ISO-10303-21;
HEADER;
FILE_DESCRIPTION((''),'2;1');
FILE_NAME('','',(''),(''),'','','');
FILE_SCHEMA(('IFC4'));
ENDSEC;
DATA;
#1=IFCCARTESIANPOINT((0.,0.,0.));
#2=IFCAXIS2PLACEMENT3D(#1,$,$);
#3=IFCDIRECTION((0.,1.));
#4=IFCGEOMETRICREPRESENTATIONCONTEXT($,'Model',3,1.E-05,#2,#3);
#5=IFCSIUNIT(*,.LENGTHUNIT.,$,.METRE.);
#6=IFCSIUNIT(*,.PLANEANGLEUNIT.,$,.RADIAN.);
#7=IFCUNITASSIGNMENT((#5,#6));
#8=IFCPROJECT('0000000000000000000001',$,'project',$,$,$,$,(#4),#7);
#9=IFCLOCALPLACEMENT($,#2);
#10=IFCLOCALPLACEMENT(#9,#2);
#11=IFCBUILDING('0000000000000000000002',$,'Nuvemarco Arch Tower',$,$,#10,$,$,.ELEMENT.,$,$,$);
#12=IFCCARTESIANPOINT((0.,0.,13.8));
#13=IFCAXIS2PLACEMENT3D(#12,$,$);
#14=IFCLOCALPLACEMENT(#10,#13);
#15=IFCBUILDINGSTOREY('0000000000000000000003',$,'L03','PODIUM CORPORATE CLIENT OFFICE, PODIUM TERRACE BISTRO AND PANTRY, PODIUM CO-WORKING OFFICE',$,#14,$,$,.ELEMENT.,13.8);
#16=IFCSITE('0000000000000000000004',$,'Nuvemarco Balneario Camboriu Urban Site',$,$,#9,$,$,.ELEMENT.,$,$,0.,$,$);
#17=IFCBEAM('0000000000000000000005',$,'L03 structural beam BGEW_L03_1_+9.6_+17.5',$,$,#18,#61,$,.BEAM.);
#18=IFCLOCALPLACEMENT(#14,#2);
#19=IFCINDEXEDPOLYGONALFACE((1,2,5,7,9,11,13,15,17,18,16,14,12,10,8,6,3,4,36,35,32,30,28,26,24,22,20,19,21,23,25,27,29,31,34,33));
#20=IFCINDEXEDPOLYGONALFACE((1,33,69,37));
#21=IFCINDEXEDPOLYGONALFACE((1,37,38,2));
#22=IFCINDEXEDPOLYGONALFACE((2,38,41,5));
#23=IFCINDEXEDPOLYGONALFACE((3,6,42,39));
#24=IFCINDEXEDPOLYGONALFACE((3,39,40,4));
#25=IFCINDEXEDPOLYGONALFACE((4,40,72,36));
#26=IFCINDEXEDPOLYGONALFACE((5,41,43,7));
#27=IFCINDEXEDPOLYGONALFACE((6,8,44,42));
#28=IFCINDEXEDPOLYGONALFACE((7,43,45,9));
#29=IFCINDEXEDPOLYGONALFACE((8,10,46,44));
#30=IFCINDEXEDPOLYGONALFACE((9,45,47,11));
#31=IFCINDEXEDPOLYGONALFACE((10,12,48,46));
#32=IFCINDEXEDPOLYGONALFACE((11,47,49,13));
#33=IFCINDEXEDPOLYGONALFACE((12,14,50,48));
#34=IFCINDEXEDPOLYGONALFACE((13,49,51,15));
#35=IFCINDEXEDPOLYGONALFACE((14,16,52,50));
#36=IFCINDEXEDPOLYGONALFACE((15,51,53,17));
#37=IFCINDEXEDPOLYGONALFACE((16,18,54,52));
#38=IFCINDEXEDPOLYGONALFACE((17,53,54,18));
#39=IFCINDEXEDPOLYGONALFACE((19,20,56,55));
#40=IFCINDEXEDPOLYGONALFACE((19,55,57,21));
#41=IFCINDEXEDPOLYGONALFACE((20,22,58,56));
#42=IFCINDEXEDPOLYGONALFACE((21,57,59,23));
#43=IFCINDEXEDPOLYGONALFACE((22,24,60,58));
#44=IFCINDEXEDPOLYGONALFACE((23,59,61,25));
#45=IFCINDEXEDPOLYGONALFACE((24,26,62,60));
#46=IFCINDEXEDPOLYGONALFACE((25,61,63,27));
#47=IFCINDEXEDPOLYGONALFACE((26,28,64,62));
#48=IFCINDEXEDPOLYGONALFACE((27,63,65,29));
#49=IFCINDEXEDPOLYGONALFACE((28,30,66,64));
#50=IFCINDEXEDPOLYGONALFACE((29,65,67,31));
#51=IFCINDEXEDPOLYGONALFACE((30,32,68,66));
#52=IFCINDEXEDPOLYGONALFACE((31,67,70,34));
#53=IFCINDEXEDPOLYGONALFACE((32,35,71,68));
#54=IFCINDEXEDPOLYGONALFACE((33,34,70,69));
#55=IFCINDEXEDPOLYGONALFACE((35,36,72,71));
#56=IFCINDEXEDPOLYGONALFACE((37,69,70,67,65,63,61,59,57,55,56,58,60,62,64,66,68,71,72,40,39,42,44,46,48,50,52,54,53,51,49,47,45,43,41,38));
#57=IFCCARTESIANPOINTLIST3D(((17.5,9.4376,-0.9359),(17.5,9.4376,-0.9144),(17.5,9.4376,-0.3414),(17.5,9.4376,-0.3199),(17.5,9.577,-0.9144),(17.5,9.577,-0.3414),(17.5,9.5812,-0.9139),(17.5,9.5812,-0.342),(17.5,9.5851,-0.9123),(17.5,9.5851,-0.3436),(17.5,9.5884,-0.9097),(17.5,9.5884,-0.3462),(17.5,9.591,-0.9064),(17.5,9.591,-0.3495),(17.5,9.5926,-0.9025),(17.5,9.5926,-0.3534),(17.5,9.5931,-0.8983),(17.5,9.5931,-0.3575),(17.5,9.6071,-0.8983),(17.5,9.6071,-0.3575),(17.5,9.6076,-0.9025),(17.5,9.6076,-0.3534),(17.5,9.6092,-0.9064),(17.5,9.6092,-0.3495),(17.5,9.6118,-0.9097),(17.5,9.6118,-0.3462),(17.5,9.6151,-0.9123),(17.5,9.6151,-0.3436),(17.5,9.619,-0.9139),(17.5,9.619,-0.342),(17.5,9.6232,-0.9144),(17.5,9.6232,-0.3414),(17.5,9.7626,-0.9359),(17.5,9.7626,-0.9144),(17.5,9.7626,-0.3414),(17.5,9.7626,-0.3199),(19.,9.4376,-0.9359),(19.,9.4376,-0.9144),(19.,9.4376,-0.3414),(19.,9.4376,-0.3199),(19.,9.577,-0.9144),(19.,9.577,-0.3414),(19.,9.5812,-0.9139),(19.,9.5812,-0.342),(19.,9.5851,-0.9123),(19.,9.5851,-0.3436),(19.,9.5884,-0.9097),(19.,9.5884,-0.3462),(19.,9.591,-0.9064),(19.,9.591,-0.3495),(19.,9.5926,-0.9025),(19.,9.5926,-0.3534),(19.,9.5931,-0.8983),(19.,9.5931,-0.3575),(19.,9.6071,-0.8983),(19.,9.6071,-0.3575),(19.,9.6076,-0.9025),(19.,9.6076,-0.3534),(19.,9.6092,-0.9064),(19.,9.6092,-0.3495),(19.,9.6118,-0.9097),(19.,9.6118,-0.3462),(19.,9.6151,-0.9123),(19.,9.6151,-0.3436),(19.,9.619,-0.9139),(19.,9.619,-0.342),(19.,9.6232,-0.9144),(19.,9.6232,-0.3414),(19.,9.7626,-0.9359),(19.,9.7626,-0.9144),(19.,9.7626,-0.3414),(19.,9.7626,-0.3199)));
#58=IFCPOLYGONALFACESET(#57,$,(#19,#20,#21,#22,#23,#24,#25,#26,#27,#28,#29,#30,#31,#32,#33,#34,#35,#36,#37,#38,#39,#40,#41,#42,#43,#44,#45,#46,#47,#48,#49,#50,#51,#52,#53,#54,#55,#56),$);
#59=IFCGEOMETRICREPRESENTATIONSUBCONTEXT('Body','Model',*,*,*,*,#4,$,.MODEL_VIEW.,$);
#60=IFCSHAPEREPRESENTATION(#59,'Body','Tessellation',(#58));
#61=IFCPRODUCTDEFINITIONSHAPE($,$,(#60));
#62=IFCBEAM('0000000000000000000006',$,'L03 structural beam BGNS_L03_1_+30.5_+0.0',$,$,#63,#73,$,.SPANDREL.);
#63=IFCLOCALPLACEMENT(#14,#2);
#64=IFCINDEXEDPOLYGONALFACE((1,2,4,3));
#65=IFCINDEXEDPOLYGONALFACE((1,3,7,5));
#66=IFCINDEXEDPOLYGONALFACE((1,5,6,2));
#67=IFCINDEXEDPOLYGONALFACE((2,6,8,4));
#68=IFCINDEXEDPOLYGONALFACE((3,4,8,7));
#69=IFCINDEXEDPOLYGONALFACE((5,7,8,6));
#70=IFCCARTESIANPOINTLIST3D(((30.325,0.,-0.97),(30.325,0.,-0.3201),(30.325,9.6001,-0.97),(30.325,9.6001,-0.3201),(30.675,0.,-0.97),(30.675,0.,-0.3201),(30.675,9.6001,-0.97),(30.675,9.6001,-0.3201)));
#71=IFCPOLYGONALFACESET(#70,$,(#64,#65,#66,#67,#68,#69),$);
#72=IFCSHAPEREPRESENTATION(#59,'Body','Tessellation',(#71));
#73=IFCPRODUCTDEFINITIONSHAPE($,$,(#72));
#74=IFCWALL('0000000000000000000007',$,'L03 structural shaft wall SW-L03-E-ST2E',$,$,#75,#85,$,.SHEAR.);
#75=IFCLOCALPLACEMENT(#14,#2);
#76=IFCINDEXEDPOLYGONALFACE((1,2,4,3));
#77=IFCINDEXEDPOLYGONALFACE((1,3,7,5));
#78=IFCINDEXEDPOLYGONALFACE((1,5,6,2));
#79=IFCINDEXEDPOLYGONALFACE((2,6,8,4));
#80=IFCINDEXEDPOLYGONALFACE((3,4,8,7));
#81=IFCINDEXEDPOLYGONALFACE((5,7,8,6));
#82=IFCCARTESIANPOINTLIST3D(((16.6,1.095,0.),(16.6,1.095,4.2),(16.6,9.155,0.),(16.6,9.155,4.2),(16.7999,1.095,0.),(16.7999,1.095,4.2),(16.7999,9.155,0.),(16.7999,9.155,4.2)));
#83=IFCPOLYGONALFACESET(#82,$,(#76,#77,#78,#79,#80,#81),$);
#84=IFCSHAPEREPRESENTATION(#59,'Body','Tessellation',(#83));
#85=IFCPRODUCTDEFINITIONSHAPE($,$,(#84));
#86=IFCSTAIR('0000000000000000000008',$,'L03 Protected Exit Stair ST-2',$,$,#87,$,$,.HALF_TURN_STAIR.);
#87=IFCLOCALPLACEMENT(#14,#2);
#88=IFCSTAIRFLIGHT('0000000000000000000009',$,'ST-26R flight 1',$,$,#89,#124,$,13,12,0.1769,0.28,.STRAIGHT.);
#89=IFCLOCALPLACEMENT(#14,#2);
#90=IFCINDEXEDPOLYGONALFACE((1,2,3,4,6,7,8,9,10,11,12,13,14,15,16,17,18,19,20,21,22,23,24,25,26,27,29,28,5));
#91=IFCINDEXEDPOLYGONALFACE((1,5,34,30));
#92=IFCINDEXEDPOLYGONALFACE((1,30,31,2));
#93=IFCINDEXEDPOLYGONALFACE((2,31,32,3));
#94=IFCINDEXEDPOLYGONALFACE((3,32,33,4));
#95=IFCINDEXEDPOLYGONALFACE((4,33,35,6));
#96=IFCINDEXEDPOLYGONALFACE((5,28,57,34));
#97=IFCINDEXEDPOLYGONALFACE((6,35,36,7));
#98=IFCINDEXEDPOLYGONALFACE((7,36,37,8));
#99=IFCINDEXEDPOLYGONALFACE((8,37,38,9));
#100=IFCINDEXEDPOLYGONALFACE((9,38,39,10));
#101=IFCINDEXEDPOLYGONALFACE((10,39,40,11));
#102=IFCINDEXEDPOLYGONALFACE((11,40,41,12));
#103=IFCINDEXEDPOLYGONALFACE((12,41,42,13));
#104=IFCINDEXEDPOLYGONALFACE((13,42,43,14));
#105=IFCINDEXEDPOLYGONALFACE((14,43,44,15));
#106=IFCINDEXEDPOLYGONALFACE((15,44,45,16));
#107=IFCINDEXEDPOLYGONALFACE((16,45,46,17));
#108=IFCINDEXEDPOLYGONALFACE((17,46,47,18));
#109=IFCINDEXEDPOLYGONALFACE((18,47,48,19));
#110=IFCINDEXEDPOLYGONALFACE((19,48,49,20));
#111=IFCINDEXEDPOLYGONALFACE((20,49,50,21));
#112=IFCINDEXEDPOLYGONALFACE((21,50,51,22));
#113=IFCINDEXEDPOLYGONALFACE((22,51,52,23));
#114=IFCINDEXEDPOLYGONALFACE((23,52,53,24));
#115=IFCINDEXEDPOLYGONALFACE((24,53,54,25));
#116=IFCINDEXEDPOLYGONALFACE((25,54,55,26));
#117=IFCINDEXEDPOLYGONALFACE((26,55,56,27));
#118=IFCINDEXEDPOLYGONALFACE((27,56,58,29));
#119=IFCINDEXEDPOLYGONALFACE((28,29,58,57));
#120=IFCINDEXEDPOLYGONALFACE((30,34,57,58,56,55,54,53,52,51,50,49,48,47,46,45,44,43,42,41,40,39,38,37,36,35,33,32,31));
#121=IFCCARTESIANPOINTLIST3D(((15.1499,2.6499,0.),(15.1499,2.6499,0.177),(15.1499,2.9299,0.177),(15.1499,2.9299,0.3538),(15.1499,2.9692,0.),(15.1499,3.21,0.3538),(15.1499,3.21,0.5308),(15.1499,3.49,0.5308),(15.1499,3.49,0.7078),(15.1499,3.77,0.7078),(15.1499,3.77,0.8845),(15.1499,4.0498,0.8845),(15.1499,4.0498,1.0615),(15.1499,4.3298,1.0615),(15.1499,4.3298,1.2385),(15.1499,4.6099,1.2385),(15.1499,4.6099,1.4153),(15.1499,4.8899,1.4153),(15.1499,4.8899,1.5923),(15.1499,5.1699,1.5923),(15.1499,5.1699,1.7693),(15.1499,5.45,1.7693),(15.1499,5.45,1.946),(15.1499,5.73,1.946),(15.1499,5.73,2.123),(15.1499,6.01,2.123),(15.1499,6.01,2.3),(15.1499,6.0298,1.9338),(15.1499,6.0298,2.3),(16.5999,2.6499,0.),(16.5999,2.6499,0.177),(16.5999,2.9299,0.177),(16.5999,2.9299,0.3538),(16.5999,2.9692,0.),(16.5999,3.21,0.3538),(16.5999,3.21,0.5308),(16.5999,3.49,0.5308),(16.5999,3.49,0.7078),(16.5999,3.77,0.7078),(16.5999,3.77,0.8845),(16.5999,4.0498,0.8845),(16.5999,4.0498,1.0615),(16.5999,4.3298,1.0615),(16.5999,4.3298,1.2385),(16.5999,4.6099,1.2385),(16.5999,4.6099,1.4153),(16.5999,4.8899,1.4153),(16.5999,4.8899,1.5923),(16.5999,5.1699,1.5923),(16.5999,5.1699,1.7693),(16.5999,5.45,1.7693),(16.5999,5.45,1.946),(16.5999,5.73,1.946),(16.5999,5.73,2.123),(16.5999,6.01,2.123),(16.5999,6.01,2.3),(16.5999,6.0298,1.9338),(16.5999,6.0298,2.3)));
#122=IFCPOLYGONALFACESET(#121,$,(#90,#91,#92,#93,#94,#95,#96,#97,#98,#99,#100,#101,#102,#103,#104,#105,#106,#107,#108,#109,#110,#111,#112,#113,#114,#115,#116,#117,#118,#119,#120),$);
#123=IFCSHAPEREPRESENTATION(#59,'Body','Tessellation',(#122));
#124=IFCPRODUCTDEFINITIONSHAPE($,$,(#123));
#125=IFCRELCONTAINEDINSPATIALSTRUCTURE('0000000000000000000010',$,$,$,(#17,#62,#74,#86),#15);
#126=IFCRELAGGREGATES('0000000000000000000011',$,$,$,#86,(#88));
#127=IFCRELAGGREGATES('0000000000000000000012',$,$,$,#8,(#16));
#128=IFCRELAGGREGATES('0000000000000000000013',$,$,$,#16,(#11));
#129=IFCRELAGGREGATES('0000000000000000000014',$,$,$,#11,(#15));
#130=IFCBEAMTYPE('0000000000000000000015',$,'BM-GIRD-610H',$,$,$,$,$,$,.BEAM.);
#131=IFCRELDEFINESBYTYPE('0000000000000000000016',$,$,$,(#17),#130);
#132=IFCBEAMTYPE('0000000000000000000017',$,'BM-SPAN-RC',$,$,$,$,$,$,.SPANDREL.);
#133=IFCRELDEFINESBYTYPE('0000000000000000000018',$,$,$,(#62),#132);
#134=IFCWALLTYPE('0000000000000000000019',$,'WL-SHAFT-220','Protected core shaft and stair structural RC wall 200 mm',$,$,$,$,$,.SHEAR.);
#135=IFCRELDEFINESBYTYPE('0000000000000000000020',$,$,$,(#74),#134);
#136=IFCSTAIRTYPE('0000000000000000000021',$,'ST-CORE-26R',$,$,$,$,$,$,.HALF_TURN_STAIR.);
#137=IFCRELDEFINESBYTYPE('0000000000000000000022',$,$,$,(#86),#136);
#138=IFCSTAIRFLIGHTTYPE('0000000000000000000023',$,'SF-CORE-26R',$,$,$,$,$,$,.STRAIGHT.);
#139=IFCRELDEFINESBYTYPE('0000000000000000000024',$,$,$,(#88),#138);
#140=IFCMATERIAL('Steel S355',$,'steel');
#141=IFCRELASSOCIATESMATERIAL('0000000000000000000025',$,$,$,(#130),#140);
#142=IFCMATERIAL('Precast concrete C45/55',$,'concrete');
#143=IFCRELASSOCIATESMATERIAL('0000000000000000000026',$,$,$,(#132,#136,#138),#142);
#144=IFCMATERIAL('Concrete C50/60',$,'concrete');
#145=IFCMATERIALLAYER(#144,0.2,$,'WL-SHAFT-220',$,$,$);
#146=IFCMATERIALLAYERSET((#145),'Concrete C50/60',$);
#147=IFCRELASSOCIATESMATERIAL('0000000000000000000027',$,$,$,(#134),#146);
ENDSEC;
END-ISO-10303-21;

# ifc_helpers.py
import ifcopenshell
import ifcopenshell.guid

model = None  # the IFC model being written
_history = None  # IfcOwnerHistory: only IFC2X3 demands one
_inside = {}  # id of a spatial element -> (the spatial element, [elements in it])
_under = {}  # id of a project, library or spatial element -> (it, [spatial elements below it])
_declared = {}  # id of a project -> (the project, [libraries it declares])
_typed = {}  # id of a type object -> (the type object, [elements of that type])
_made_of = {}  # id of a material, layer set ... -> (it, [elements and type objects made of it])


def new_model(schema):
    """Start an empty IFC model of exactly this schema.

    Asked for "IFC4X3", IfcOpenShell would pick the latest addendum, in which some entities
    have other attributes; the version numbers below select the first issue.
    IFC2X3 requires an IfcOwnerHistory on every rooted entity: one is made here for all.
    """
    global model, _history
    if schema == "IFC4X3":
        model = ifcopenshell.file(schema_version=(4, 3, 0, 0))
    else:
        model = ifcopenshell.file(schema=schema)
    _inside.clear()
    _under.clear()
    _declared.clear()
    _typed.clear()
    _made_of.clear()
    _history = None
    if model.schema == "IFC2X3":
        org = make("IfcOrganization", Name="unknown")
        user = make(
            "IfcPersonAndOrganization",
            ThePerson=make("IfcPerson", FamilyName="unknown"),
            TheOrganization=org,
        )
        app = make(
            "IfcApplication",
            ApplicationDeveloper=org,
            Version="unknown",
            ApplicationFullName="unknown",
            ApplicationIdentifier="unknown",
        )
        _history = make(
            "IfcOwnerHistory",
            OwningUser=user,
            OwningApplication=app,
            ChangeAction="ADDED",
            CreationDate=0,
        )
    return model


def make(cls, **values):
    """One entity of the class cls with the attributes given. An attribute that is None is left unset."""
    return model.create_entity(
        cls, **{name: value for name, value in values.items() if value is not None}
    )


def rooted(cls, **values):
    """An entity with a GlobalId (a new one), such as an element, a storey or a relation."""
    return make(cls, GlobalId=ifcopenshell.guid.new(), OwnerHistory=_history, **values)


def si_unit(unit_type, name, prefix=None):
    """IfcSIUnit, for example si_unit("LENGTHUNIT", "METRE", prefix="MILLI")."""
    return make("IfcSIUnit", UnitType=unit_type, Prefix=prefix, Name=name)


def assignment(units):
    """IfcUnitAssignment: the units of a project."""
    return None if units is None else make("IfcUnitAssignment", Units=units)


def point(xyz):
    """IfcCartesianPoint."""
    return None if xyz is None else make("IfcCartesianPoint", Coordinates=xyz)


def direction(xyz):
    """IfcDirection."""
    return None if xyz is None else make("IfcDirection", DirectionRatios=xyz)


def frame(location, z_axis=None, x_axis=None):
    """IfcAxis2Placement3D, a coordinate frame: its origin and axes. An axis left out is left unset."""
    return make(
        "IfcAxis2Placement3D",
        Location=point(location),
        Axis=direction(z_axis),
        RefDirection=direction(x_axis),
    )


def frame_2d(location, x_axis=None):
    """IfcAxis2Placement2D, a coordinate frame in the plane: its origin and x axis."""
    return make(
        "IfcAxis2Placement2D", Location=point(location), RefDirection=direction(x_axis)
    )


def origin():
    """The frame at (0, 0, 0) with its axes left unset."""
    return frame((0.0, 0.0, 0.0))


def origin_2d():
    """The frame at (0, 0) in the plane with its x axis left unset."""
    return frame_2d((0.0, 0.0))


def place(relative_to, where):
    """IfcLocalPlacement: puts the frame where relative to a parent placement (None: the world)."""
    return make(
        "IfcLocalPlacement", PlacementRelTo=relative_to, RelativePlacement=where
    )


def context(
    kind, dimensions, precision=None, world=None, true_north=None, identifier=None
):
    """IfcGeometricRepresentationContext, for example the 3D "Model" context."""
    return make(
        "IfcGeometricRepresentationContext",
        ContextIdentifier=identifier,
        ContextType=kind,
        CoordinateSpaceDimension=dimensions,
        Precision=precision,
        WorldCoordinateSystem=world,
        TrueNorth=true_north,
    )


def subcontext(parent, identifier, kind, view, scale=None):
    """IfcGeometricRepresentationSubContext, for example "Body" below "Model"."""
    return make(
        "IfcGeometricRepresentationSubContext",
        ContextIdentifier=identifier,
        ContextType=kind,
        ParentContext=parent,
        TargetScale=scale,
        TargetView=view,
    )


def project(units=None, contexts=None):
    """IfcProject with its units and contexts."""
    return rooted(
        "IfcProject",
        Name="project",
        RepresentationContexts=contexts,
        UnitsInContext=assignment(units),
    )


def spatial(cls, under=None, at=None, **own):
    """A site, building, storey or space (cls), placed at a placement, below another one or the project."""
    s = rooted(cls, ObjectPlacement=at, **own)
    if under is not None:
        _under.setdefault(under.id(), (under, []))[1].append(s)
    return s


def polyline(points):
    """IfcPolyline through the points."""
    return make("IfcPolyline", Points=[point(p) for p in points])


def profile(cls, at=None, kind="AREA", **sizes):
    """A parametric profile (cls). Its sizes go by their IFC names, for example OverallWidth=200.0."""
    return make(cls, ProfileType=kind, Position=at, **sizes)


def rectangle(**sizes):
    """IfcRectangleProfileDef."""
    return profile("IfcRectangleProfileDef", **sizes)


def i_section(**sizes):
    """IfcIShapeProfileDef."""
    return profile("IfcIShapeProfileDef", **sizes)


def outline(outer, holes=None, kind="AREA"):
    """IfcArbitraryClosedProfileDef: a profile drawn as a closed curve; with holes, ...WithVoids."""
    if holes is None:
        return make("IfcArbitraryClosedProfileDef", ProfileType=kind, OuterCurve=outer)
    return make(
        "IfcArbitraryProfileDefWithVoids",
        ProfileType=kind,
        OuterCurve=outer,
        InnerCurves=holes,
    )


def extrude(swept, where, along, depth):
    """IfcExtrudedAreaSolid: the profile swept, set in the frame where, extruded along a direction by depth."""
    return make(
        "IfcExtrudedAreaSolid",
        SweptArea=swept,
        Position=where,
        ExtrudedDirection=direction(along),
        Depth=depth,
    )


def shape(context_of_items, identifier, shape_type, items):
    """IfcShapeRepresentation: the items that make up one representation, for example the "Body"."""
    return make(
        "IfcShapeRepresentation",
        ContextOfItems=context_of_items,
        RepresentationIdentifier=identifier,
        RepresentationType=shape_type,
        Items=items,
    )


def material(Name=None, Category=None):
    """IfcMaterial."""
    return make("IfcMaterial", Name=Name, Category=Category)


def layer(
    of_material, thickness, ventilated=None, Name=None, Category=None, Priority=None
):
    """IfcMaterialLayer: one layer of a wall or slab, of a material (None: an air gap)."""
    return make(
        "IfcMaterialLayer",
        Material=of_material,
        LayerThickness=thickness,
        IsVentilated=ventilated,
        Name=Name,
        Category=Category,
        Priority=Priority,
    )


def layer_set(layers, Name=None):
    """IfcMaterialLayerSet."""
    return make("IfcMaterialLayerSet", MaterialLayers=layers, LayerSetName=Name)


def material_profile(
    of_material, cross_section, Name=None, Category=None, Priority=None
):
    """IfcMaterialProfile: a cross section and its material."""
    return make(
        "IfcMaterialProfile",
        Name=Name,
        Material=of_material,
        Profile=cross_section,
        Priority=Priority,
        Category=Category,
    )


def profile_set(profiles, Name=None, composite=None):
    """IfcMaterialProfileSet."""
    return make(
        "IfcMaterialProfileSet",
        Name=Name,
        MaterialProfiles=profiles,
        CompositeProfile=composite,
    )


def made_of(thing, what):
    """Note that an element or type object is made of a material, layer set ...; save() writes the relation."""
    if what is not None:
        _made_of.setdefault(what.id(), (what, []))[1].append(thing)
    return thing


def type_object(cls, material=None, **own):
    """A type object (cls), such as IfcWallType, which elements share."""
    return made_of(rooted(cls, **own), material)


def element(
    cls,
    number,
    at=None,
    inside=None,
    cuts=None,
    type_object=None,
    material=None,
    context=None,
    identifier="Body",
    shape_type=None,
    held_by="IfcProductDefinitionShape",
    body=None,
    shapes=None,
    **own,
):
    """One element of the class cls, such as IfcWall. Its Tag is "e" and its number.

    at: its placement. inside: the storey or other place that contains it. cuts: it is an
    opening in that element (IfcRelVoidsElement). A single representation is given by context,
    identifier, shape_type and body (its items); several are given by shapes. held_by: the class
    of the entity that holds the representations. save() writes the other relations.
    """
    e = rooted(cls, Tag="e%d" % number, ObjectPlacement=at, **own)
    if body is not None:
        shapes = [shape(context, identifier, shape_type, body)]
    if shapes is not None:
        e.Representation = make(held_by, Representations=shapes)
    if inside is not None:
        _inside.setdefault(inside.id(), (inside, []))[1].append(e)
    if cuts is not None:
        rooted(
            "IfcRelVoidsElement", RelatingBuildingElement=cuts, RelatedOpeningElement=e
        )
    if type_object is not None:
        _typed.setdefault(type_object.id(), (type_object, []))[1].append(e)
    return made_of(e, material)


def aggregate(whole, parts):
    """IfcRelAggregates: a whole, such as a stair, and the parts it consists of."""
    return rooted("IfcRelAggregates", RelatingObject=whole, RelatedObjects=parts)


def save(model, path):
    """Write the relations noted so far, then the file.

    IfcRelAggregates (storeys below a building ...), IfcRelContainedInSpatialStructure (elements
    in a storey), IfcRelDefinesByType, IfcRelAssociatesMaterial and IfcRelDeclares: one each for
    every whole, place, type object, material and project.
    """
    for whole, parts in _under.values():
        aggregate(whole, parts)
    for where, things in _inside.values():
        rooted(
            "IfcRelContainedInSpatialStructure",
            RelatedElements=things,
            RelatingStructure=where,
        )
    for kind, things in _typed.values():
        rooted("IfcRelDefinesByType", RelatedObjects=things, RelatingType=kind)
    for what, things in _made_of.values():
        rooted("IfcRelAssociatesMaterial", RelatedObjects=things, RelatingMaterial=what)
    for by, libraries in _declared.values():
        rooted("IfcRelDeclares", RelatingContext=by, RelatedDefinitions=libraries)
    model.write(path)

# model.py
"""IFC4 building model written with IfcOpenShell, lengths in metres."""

from ifc_helpers import new_model, si_unit, direction, frame, frame_2d, origin, origin_2d, place, context, subcontext, project, spatial, polyline, rectangle, i_section, outline, extrude, material, layer, layer_set, material_profile, profile_set, type_object, element, aggregate, save


model = new_model("IFC4")

# Units and contexts
model_context = context("Model", 3, precision=1e-05, world=origin(), true_north=direction((0.0, 1.0)))
body_context = subcontext(model_context, "Body", "Model", "MODEL_VIEW")
ifc_project = project(units=[si_unit("LENGTHUNIT", "METRE"), si_unit("PLANEANGLEUNIT", "RADIAN")], contexts=[model_context])

# Site, building, storey
site_placement = place(None, origin())
site = spatial("IfcSite", under=ifc_project, at=site_placement, Name="Nuvemarco Balneario Camboriu Urban Site", CompositionType="ELEMENT", RefElevation=0.0)
building_placement = place(site_placement, origin())
building = spatial("IfcBuilding", under=site, at=building_placement, Name="Nuvemarco Arch Tower", CompositionType="ELEMENT")
storey_placement = place(building_placement, frame((0.0, 0.0, 13.8)))
storey = spatial("IfcBuildingStorey", under=building, at=storey_placement, Name="L03", Description="PODIUM CORPORATE CLIENT OFFICE, PODIUM TERRACE BISTRO AND PANTRY, PODIUM CO-WORKING OFFICE", CompositionType="ELEMENT", Elevation=13.8)

# Beams
ifc_material_1 = material(Name="Steel S355", Category="steel")
ifc_material_profile_1 = material_profile(ifc_material_1, i_section(OverallWidth=0.325, OverallDepth=0.616, WebThickness=0.0139, FlangeThickness=0.0215, FilletRadius=0.0161, at=origin_2d()), Name="W610x174")
ifc_profile_set_1 = profile_set([ifc_material_profile_1], Name="Steel S355")
beam_type_1 = type_object("IfcBeamType", Name="BM-GIRD-610H", PredefinedType="BEAM", material=ifc_profile_set_1)
beam_1_placement = place(storey_placement, frame((17.5, 9.6001, -0.6279), z_axis=(1.0, 0.0, 0.0), x_axis=(0.0, 1.0, 0.0)))
element("IfcBeam", 1, at=beam_1_placement, inside=storey, type_object=beam_type_1, Name="L03 structural beam BGEW_L03_1_+9.6_+17.5", PredefinedType="BEAM", context=body_context, shape_type="SweptSolid", body=[
    extrude(i_section(OverallWidth=0.325, OverallDepth=0.616, WebThickness=0.0139, FlangeThickness=0.0215, FilletRadius=0.0161, at=origin_2d()), origin(), (0.0, 0.0, 1.0), 1.5),
])
ifc_material_2 = material(Name="Precast concrete C45/55", Category="concrete")
ifc_material_profile_2 = material_profile(ifc_material_2, rectangle(XDim=0.3501, YDim=0.6499, at=origin_2d()), Name="PC-SP-350x650")
ifc_profile_set_2 = profile_set([ifc_material_profile_2], Name="Precast concrete C45/55")
beam_type_2 = type_object("IfcBeamType", Name="BM-SPAN-RC", PredefinedType="SPANDREL", material=ifc_profile_set_2)
beam_2_placement = place(storey_placement, frame((30.5, 0.0, -0.645), z_axis=(0.0, 1.0, 0.0), x_axis=(-1.0, 0.0, 0.0)))
element("IfcBeam", 2, at=beam_2_placement, inside=storey, type_object=beam_type_2, Name="L03 structural beam BGNS_L03_1_+30.5_+0.0", PredefinedType="SPANDREL", context=body_context, shape_type="SweptSolid", body=[
    extrude(rectangle(XDim=0.3501, YDim=0.6499, at=origin_2d()), origin(), (0.0, 0.0, 1.0), 9.6001),
])

# Wall
ifc_material_3 = material(Name="Concrete C50/60", Category="concrete")
ifc_layer = layer(ifc_material_3, 0.2, Name="WL-SHAFT-220")
ifc_layer_set = layer_set([ifc_layer], Name="Concrete C50/60")
wall_type = type_object("IfcWallType", Name="WL-SHAFT-220", Description="Protected core shaft and stair structural RC wall 200 mm", PredefinedType="SHEAR", material=ifc_layer_set)
wall_placement = place(storey_placement, frame((16.7, 1.095, 0.0), z_axis=(0.0, 0.0, 1.0), x_axis=(0.0, 1.0, 0.0)))
element("IfcWall", 3, at=wall_placement, inside=storey, type_object=wall_type, Name="L03 structural shaft wall SW-L03-E-ST2E", PredefinedType="SHEAR", context=body_context, shape_type="SweptSolid", body=[
    extrude(rectangle(XDim=8.0601, YDim=0.2, at=frame_2d((4.03, 0.0))), origin(), (0.0, 0.0, 1.0), 4.2),
])

# Stair, stair flight
stair_type = type_object("IfcStairType", Name="ST-CORE-26R", PredefinedType="HALF_TURN_STAIR", material=ifc_material_2)
stair_placement = place(storey_placement, origin())
stair = element("IfcStair", 4, at=stair_placement, inside=storey, type_object=stair_type, Name="L03 Protected Exit Stair ST-2", PredefinedType="HALF_TURN_STAIR")
stair_flight_type = type_object("IfcStairFlightType", Name="SF-CORE-26R", PredefinedType="STRAIGHT", material=ifc_material_2)
stair_flight_placement = place(storey_placement, frame((15.875, 2.6499, 0.0), z_axis=(0.0, 0.0, 1.0), x_axis=(0.0, 1.0, 0.0)))
stair_flight = element("IfcStairFlight", 5, at=stair_flight_placement, type_object=stair_flight_type, Name="ST-26R flight 1", NumberOfRisers=13, NumberOfTreads=12, PredefinedType="STRAIGHT", RiserHeight=0.1769, TreadLength=0.28, context=body_context, shape_type="SweptSolid", body=[
    extrude(outline(polyline([(0.0, 0.0), (0.0, 0.177), (0.28, 0.177), (0.28, 0.3538), (0.5601, 0.3538), (0.5601, 0.5308), (0.8401, 0.5308), (0.8401, 0.7078), (1.1201, 0.7078), (1.1201, 0.8845), (1.3999, 0.8845), (1.3999, 1.0615), (1.6799, 1.0615), (1.6799, 1.2385), (1.96, 1.2385), (1.96, 1.4153), (2.24, 1.4153), (2.24, 1.5923), (2.52, 1.5923), (2.52, 1.7693), (2.8, 1.7693), (2.8, 1.946), (3.0801, 1.946), (3.0801, 2.123), (3.3601, 2.123), (3.3601, 2.3), (3.3799, 2.3), (3.3799, 1.9338), (0.3193, 0.0), (0.0, 0.0)])), frame((0.0, 0.7251, 0.0), z_axis=(0.0, -1.0, 0.0), x_axis=(1.0, 0.0, 0.0)), (0.0, 0.0, 1.0), 1.45),
])
aggregate(stair, [stair_flight])

save(model, "model.ifc")
